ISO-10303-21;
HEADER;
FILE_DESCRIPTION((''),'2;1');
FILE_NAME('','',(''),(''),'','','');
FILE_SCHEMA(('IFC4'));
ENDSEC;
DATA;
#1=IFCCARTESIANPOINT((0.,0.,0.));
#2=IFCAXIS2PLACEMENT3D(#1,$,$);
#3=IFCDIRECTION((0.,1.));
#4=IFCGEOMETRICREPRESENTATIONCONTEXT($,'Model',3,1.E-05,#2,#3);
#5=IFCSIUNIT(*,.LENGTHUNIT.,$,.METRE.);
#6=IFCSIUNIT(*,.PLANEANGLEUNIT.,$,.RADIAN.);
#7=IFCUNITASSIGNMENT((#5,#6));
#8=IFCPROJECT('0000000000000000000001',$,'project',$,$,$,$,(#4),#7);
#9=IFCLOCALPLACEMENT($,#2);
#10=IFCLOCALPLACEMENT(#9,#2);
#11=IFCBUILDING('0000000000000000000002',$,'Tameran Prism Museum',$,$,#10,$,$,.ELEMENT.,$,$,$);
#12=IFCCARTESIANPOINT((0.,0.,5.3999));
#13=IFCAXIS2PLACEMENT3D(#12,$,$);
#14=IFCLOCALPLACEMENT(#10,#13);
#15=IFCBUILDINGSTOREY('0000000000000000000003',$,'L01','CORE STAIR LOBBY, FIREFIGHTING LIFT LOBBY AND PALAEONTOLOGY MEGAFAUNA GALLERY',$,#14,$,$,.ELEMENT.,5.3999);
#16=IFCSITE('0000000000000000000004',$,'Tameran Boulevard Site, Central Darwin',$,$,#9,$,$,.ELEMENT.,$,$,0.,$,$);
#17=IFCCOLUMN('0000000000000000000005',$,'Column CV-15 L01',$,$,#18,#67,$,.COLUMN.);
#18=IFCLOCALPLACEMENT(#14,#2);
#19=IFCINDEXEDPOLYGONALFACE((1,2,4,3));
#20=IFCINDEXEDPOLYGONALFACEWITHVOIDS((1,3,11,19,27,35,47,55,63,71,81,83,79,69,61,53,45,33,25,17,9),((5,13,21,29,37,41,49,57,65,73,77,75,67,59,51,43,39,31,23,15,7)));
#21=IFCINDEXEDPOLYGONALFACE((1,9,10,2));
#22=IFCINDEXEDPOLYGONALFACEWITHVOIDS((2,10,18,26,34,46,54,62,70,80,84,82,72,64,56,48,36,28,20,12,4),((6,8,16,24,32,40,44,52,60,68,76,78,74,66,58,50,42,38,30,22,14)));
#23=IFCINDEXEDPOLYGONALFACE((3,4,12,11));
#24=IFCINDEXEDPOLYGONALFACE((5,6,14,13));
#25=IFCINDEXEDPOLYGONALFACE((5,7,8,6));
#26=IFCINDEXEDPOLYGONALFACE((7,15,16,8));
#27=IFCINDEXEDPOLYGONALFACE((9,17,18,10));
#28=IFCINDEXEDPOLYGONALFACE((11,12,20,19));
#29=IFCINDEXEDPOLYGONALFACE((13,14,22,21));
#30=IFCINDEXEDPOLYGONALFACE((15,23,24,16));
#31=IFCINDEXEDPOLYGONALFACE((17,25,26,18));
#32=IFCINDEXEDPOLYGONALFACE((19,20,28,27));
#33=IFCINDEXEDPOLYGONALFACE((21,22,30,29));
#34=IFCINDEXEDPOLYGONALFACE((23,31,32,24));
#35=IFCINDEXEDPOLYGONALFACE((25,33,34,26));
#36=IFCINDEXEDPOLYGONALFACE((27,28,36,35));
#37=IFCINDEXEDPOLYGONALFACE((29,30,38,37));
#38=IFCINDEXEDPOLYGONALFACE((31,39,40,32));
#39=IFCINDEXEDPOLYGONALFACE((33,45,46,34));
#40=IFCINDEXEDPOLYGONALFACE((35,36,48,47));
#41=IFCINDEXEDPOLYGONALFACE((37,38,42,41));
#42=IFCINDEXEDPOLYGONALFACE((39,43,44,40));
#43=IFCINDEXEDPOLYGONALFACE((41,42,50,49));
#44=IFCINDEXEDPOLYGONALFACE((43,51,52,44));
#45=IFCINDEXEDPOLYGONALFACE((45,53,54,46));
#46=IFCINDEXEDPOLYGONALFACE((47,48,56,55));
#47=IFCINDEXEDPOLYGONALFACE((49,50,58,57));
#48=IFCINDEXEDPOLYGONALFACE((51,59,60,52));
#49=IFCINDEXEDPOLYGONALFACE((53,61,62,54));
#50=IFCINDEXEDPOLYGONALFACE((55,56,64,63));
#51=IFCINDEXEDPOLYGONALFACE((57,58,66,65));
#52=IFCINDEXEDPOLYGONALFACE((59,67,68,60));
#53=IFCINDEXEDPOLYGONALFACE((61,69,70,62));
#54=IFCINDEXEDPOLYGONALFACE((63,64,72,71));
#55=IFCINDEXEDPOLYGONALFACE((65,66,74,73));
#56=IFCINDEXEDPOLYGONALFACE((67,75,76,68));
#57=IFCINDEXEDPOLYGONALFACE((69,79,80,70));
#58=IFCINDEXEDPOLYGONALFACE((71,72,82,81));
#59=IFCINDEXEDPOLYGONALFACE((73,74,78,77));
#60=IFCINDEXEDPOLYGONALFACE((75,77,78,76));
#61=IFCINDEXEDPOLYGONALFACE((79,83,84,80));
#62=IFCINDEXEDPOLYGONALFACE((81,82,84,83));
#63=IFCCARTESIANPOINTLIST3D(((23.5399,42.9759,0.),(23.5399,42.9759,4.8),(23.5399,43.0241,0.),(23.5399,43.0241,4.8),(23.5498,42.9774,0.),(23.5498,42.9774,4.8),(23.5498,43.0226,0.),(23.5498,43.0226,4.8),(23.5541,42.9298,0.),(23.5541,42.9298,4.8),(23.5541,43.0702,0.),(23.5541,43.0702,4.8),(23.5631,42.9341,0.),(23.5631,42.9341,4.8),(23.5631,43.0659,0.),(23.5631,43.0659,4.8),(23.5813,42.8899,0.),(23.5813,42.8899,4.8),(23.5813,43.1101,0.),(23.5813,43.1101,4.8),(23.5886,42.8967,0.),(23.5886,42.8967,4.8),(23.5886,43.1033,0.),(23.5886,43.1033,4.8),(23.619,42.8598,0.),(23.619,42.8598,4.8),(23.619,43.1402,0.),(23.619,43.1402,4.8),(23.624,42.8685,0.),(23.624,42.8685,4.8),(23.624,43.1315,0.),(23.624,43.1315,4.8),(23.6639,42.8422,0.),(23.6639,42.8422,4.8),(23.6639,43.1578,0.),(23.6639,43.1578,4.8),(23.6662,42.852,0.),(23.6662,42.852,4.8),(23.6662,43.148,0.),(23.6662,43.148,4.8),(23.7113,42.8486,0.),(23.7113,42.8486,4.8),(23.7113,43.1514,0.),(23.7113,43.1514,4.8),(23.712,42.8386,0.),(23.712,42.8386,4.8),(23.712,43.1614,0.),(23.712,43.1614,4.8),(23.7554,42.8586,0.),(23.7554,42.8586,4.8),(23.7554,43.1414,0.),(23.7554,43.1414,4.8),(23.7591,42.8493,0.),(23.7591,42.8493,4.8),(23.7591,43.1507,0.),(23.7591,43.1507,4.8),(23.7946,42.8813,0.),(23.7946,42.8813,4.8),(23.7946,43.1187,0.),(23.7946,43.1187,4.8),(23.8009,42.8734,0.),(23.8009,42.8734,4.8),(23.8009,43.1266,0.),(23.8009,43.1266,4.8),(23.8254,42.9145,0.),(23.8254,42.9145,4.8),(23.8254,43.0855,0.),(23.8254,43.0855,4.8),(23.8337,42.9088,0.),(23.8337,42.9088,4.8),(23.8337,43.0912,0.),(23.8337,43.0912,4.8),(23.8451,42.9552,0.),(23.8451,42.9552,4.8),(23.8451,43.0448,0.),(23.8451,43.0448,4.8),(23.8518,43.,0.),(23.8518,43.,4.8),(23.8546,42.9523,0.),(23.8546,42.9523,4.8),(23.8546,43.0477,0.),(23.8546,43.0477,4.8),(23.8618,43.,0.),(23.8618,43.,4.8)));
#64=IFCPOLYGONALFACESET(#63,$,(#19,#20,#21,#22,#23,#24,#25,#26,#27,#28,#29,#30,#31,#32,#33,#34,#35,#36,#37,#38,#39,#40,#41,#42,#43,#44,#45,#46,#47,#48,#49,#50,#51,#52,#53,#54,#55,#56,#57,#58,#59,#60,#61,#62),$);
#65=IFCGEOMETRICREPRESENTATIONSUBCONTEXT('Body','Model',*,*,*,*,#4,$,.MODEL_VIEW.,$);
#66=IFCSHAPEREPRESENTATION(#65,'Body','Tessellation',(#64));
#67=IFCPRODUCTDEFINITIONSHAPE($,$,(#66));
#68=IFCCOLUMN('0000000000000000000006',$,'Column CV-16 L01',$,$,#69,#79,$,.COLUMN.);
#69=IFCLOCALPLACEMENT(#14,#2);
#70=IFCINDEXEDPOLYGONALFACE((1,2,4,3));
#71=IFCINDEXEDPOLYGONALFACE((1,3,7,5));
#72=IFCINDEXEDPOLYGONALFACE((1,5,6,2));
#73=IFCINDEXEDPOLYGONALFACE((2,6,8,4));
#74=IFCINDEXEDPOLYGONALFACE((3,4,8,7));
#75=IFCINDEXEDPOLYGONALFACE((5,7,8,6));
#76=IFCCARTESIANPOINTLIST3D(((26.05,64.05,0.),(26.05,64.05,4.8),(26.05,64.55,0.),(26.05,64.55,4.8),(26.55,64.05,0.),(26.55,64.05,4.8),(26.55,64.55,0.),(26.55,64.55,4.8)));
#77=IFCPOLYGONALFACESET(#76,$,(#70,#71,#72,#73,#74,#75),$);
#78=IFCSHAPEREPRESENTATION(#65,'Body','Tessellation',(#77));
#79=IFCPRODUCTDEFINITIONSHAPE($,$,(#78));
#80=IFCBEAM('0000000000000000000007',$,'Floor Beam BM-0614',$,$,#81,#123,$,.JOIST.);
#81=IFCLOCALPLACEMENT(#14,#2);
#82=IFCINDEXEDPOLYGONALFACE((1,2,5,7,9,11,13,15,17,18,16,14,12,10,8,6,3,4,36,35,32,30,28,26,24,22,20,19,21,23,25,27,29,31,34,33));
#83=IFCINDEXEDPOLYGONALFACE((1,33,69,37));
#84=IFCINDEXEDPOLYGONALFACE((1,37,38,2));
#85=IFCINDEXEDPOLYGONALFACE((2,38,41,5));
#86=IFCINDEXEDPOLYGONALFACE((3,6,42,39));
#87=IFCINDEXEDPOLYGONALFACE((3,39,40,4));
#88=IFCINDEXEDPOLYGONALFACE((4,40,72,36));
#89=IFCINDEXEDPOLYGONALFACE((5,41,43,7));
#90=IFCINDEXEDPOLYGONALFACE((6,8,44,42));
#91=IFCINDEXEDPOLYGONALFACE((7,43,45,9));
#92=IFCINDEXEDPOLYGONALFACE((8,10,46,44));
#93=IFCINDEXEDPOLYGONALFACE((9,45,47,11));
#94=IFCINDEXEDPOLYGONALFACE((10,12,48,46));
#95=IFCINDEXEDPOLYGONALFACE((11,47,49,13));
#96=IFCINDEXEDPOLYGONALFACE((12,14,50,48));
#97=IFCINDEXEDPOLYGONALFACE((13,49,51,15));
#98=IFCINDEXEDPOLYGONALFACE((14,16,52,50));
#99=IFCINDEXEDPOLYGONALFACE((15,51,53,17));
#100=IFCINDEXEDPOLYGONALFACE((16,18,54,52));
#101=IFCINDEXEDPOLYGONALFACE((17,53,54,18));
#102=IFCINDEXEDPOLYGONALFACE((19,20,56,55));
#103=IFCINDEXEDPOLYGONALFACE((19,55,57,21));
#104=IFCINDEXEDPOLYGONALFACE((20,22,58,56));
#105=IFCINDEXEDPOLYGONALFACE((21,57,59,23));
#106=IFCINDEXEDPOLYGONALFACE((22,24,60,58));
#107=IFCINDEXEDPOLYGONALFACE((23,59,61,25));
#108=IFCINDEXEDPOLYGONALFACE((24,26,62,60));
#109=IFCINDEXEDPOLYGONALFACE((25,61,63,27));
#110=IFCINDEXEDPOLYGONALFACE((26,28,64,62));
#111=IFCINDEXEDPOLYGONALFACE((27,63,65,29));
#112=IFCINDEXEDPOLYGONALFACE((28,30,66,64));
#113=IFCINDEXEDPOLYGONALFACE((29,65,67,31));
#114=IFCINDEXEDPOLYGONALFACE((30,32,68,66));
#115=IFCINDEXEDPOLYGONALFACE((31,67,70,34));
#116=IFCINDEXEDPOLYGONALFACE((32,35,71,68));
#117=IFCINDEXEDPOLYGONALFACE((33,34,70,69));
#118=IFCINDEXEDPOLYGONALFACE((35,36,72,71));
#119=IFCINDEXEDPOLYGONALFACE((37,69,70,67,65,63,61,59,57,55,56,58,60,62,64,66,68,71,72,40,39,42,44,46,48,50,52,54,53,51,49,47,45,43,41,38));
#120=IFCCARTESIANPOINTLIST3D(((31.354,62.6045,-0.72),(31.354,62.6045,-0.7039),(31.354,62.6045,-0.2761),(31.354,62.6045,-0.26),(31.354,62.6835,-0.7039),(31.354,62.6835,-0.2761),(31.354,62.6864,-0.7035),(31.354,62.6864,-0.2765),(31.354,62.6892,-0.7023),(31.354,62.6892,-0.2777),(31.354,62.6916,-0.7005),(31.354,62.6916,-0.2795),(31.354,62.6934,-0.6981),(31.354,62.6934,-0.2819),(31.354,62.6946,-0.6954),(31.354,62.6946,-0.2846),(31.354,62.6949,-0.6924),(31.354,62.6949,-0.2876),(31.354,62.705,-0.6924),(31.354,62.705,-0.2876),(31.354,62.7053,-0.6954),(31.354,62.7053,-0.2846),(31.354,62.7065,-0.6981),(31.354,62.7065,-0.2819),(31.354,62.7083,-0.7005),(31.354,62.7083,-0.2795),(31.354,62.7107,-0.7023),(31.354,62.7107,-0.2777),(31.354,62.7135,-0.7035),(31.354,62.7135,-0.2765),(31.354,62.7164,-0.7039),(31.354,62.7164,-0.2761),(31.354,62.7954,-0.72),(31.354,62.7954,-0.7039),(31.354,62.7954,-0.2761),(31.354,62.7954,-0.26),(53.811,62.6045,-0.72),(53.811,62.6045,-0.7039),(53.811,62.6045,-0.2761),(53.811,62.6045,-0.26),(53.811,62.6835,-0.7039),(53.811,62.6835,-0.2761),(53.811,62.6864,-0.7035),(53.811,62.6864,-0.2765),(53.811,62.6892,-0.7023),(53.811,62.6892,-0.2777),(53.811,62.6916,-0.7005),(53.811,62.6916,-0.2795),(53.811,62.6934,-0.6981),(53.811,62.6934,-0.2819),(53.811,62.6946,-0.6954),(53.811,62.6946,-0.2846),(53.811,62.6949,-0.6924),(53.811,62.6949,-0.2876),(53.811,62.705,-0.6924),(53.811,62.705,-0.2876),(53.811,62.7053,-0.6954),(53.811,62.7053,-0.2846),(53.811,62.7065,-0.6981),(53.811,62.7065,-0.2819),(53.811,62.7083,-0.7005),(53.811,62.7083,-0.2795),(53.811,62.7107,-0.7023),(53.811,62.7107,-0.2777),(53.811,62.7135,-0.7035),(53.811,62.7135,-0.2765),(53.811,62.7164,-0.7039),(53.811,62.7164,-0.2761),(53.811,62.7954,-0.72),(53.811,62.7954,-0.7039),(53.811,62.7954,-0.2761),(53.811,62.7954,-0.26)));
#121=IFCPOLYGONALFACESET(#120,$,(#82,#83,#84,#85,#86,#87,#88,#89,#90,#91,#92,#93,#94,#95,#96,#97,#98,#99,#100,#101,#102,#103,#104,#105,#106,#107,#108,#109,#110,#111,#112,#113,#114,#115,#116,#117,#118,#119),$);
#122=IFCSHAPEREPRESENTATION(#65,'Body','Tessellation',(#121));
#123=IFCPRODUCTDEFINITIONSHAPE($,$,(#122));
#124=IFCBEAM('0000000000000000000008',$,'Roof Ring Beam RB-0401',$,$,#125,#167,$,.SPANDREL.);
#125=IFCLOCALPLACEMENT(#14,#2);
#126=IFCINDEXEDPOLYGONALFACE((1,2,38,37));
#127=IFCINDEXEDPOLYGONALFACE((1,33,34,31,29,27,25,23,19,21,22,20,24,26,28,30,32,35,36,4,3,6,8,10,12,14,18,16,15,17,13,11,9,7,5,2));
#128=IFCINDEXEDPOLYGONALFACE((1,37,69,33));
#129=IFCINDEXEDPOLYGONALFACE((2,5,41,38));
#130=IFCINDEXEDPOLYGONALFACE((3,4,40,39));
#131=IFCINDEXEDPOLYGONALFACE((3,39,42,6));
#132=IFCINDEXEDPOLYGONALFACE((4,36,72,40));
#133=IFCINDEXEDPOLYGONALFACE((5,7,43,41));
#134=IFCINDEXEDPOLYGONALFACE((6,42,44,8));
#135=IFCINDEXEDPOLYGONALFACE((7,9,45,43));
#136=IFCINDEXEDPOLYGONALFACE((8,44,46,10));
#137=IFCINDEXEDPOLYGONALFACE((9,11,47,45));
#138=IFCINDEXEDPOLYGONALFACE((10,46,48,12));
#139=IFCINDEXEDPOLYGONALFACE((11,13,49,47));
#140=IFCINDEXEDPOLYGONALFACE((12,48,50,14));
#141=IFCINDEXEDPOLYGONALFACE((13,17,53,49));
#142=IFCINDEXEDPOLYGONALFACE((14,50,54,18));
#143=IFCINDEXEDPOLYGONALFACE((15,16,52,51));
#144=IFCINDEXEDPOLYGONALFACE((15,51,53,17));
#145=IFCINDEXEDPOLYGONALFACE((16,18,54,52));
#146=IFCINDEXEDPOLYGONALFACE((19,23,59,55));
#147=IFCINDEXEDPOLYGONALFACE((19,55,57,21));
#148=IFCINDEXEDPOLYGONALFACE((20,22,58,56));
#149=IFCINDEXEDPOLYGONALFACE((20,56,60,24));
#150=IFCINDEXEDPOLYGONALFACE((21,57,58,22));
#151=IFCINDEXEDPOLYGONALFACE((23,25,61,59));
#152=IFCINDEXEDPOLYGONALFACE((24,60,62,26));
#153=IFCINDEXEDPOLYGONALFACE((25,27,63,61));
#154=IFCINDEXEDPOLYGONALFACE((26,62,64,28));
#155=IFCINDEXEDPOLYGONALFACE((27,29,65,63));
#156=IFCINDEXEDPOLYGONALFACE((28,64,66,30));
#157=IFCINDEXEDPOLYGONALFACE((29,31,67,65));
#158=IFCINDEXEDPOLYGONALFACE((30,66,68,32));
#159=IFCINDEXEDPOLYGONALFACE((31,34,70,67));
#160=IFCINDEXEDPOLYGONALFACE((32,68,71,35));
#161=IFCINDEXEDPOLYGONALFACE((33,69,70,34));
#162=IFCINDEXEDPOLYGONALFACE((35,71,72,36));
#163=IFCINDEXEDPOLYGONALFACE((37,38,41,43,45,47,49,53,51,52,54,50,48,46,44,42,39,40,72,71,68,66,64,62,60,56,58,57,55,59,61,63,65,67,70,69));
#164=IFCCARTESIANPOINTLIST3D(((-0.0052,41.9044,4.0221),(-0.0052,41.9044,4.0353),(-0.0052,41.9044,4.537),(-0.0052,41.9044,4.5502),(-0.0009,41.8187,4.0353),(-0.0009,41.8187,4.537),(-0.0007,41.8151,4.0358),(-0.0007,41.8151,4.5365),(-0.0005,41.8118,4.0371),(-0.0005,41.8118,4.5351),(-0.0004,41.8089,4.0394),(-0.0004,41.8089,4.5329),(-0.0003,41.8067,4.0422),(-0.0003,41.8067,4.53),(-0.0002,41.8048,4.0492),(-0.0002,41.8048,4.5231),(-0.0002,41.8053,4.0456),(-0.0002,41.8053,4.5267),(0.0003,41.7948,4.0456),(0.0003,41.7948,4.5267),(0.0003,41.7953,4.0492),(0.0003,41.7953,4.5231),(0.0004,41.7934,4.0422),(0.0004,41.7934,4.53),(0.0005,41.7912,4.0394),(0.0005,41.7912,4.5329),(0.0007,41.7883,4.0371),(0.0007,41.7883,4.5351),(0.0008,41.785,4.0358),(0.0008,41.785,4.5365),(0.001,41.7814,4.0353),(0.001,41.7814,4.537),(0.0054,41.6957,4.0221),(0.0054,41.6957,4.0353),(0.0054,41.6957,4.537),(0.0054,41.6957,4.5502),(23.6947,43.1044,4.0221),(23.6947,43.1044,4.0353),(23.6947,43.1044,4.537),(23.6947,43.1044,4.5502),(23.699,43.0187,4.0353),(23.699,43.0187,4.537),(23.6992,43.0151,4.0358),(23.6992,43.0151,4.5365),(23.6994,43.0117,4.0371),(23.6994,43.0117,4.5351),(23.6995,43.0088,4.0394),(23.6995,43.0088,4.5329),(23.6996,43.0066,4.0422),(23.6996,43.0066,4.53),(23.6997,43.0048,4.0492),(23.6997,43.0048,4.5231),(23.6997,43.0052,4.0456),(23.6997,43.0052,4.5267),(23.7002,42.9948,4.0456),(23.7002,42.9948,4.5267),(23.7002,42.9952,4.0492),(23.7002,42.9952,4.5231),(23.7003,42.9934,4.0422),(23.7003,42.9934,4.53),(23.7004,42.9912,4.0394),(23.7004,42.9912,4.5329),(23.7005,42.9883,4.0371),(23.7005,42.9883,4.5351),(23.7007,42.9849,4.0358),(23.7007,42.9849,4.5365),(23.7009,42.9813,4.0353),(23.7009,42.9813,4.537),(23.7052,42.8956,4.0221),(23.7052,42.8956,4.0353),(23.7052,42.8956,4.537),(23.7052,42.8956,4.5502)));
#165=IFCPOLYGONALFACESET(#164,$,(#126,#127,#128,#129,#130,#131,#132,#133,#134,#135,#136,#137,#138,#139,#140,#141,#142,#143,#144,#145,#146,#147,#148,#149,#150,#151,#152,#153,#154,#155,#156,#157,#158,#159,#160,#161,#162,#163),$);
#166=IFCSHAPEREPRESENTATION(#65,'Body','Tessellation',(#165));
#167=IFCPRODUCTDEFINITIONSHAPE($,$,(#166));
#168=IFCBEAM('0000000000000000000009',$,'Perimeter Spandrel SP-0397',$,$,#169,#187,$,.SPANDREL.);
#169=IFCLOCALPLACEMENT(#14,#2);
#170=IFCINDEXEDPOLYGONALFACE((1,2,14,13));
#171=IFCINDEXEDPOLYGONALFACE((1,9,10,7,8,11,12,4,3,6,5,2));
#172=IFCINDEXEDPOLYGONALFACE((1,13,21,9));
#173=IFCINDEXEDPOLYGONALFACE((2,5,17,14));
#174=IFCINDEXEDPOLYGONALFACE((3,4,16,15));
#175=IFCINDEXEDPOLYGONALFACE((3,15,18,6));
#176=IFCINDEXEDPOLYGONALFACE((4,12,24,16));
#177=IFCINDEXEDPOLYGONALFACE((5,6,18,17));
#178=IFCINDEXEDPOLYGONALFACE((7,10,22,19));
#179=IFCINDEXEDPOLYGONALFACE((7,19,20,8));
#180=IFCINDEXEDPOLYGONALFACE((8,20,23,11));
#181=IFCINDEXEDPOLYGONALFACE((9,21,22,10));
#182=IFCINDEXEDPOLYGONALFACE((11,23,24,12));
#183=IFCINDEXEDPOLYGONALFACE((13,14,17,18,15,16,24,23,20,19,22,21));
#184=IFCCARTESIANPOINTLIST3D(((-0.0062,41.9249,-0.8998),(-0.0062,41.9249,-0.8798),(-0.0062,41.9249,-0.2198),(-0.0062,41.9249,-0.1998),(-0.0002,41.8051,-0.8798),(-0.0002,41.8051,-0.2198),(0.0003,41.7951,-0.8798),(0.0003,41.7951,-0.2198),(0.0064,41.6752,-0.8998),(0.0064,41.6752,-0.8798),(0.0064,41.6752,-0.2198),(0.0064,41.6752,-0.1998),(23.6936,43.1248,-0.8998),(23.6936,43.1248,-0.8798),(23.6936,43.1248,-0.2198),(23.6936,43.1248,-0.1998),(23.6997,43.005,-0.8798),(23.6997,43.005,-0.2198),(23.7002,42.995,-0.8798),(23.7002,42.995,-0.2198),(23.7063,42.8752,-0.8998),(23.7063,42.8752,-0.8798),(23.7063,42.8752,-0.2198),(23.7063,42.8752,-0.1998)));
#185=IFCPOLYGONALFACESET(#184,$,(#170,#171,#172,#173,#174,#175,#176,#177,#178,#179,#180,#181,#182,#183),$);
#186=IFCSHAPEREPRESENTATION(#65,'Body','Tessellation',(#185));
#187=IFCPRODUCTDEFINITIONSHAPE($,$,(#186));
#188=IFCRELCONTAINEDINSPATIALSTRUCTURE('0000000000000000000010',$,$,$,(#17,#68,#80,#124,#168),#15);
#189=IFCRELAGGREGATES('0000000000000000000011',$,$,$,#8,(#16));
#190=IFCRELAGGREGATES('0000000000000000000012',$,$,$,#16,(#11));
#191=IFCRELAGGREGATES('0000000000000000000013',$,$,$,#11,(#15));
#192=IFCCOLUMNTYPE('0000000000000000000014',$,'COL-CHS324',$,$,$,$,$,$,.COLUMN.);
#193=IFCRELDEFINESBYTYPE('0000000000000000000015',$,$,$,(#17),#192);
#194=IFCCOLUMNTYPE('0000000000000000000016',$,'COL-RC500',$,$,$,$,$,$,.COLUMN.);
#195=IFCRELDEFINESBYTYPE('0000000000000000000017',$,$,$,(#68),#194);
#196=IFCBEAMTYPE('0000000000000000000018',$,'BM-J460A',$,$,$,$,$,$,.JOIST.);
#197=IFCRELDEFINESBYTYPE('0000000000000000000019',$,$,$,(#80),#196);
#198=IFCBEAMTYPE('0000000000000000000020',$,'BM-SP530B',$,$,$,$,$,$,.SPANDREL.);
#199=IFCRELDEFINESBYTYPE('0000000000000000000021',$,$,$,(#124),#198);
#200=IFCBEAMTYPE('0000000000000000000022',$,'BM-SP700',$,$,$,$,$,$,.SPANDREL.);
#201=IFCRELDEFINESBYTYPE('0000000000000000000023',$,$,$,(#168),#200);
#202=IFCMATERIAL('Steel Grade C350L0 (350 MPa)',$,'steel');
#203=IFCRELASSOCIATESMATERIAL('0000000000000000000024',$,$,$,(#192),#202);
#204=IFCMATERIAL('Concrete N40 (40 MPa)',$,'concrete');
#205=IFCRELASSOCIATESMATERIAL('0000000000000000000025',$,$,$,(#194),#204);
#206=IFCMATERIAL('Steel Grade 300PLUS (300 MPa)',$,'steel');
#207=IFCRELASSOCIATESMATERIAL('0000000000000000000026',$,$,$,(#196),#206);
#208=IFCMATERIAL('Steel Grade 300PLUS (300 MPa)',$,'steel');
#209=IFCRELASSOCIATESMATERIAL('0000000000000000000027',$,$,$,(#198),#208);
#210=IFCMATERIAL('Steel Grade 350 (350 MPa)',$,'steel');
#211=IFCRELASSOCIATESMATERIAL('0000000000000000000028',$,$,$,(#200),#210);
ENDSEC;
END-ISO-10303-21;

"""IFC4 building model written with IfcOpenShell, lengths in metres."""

from ifc_helpers import new_model, si_unit, direction, frame, origin, origin_2d, place, context, subcontext, project, spatial, rectangle, hollow_circle, i_section, extrude, material, material_profile, profile_set, type_object, element, save


model = new_model("IFC4")

# Units and contexts
model_context = context("Model", 3, precision=1e-05, world=origin(), true_north=direction((0.0, 1.0)))
body_context = subcontext(model_context, "Body", "Model", "MODEL_VIEW")
ifc_project = project(units=[si_unit("LENGTHUNIT", "METRE"), si_unit("PLANEANGLEUNIT", "RADIAN")], contexts=[model_context])

# Site, building, storey
site_placement = place(None, origin())
site = spatial("IfcSite", under=ifc_project, at=site_placement, Name="Tameran Boulevard Site, Central Darwin", CompositionType="ELEMENT", RefElevation=0.0)
building_placement = place(site_placement, origin())
building = spatial("IfcBuilding", under=site, at=building_placement, Name="Tameran Prism Museum", CompositionType="ELEMENT")
storey_placement = place(building_placement, frame((0.0, 0.0, 5.3999)))
storey = spatial("IfcBuildingStorey", under=building, at=storey_placement, Name="L01", Description="CORE STAIR LOBBY, FIREFIGHTING LIFT LOBBY AND PALAEONTOLOGY MEGAFAUNA GALLERY", CompositionType="ELEMENT", Elevation=5.3999)

# Columns
ifc_material_1 = material(Name="Steel Grade C350L0 (350 MPa)", Category="steel")
ifc_material_profile_1 = material_profile(ifc_material_1, hollow_circle(Radius=0.1619, WallThickness=0.01, at=origin_2d()))
ifc_profile_set_1 = profile_set([ifc_material_profile_1])
column_type_1 = type_object("IfcColumnType", Name="COL-CHS324", PredefinedType="COLUMN", material=ifc_profile_set_1)
column_1_placement = place(storey_placement, frame((23.7, 43.0, 0.0), z_axis=(0.0, 0.0, 1.0), x_axis=(1.0, 0.0, 0.0)))
element("IfcColumn", 1, at=column_1_placement, inside=storey, type_object=column_type_1, Name="Column CV-15 L01", PredefinedType="COLUMN", context=body_context, shape_type="SweptSolid", body=[
    extrude(hollow_circle(Radius=0.1619, WallThickness=0.01, at=origin_2d()), origin(), (0.0, 0.0, 1.0), 4.8),
])
ifc_material_2 = material(Name="Concrete N40 (40 MPa)", Category="concrete")
ifc_material_profile_2 = material_profile(ifc_material_2, rectangle(XDim=0.5, YDim=0.5, at=origin_2d()))
ifc_profile_set_2 = profile_set([ifc_material_profile_2])
column_type_2 = type_object("IfcColumnType", Name="COL-RC500", PredefinedType="COLUMN", material=ifc_profile_set_2)
column_2_placement = place(storey_placement, frame((26.3, 64.3, 0.0), z_axis=(0.0, 0.0, 1.0), x_axis=(1.0, 0.0, 0.0)))
element("IfcColumn", 2, at=column_2_placement, inside=storey, type_object=column_type_2, Name="Column CV-16 L01", PredefinedType="COLUMN", context=body_context, shape_type="SweptSolid", body=[
    extrude(rectangle(XDim=0.5, YDim=0.5, at=origin_2d()), origin(), (0.0, 0.0, 1.0), 4.8),
])

# Beams
ifc_material_3 = material(Name="Steel Grade 300PLUS (300 MPa)", Category="steel")
ifc_material_profile_3 = material_profile(ifc_material_3, i_section(OverallWidth=0.1909, OverallDepth=0.46, WebThickness=0.01, FlangeThickness=0.0161, FilletRadius=0.0115, at=origin_2d()))
ifc_profile_set_3 = profile_set([ifc_material_profile_3])
beam_type_1 = type_object("IfcBeamType", Name="BM-J460A", PredefinedType="JOIST", material=ifc_profile_set_3)
beam_1_placement = place(storey_placement, frame((31.354, 62.7, -0.49), z_axis=(1.0, 0.0, 0.0), x_axis=(0.0, 1.0, 0.0)))
element("IfcBeam", 3, at=beam_1_placement, inside=storey, type_object=beam_type_1, Name="Floor Beam BM-0614", PredefinedType="JOIST", context=body_context, shape_type="SweptSolid", body=[
    extrude(i_section(OverallWidth=0.1909, OverallDepth=0.46, WebThickness=0.01, FlangeThickness=0.0161, FilletRadius=0.0115, at=origin_2d()), origin(), (0.0, 0.0, 1.0), 22.457),
])
ifc_material_4 = material(Name="Steel Grade 300PLUS (300 MPa)", Category="steel")
ifc_material_profile_4 = material_profile(ifc_material_4, i_section(OverallWidth=0.209, OverallDepth=0.5281, WebThickness=0.0095, FlangeThickness=0.0132, FilletRadius=0.0139, at=origin_2d()))
ifc_profile_set_4 = profile_set([ifc_material_profile_4])
beam_type_2 = type_object("IfcBeamType", Name="BM-SP530B", PredefinedType="SPANDREL", material=ifc_profile_set_4)
beam_2_placement = place(storey_placement, frame((23.7, 43.0, 4.2861), z_axis=(-0.998721, -0.050566, 0.0), x_axis=(0.050566, -0.998721, 0.0)))
element("IfcBeam", 4, at=beam_2_placement, inside=storey, type_object=beam_type_2, Name="Roof Ring Beam RB-0401", PredefinedType="SPANDREL", context=body_context, shape_type="SweptSolid", body=[
    extrude(i_section(OverallWidth=0.209, OverallDepth=0.5281, WebThickness=0.0095, FlangeThickness=0.0132, FilletRadius=0.0139, at=origin_2d()), origin(), (0.0, 0.0, 1.0), 23.7302),
])
ifc_material_5 = material(Name="Steel Grade 350 (350 MPa)", Category="steel")
ifc_material_profile_5 = material_profile(ifc_material_5, i_section(OverallWidth=0.25, OverallDepth=0.7, WebThickness=0.01, FlangeThickness=0.02, at=origin_2d()))
ifc_profile_set_5 = profile_set([ifc_material_profile_5])
beam_type_3 = type_object("IfcBeamType", Name="BM-SP700", PredefinedType="SPANDREL", material=ifc_profile_set_5)
beam_3_placement = place(storey_placement, frame((23.7, 43.0, -0.5498), z_axis=(-0.998721, -0.050566, 0.0), x_axis=(0.050566, -0.998721, 0.0)))
element("IfcBeam", 5, at=beam_3_placement, inside=storey, type_object=beam_type_3, Name="Perimeter Spandrel SP-0397", PredefinedType="SPANDREL", context=body_context, shape_type="SweptSolid", body=[
    extrude(i_section(OverallWidth=0.25, OverallDepth=0.7, WebThickness=0.01, FlangeThickness=0.02, at=origin_2d()), origin(), (0.0, 0.0, 1.0), 23.7302),
])

save(model, "model.ifc")
